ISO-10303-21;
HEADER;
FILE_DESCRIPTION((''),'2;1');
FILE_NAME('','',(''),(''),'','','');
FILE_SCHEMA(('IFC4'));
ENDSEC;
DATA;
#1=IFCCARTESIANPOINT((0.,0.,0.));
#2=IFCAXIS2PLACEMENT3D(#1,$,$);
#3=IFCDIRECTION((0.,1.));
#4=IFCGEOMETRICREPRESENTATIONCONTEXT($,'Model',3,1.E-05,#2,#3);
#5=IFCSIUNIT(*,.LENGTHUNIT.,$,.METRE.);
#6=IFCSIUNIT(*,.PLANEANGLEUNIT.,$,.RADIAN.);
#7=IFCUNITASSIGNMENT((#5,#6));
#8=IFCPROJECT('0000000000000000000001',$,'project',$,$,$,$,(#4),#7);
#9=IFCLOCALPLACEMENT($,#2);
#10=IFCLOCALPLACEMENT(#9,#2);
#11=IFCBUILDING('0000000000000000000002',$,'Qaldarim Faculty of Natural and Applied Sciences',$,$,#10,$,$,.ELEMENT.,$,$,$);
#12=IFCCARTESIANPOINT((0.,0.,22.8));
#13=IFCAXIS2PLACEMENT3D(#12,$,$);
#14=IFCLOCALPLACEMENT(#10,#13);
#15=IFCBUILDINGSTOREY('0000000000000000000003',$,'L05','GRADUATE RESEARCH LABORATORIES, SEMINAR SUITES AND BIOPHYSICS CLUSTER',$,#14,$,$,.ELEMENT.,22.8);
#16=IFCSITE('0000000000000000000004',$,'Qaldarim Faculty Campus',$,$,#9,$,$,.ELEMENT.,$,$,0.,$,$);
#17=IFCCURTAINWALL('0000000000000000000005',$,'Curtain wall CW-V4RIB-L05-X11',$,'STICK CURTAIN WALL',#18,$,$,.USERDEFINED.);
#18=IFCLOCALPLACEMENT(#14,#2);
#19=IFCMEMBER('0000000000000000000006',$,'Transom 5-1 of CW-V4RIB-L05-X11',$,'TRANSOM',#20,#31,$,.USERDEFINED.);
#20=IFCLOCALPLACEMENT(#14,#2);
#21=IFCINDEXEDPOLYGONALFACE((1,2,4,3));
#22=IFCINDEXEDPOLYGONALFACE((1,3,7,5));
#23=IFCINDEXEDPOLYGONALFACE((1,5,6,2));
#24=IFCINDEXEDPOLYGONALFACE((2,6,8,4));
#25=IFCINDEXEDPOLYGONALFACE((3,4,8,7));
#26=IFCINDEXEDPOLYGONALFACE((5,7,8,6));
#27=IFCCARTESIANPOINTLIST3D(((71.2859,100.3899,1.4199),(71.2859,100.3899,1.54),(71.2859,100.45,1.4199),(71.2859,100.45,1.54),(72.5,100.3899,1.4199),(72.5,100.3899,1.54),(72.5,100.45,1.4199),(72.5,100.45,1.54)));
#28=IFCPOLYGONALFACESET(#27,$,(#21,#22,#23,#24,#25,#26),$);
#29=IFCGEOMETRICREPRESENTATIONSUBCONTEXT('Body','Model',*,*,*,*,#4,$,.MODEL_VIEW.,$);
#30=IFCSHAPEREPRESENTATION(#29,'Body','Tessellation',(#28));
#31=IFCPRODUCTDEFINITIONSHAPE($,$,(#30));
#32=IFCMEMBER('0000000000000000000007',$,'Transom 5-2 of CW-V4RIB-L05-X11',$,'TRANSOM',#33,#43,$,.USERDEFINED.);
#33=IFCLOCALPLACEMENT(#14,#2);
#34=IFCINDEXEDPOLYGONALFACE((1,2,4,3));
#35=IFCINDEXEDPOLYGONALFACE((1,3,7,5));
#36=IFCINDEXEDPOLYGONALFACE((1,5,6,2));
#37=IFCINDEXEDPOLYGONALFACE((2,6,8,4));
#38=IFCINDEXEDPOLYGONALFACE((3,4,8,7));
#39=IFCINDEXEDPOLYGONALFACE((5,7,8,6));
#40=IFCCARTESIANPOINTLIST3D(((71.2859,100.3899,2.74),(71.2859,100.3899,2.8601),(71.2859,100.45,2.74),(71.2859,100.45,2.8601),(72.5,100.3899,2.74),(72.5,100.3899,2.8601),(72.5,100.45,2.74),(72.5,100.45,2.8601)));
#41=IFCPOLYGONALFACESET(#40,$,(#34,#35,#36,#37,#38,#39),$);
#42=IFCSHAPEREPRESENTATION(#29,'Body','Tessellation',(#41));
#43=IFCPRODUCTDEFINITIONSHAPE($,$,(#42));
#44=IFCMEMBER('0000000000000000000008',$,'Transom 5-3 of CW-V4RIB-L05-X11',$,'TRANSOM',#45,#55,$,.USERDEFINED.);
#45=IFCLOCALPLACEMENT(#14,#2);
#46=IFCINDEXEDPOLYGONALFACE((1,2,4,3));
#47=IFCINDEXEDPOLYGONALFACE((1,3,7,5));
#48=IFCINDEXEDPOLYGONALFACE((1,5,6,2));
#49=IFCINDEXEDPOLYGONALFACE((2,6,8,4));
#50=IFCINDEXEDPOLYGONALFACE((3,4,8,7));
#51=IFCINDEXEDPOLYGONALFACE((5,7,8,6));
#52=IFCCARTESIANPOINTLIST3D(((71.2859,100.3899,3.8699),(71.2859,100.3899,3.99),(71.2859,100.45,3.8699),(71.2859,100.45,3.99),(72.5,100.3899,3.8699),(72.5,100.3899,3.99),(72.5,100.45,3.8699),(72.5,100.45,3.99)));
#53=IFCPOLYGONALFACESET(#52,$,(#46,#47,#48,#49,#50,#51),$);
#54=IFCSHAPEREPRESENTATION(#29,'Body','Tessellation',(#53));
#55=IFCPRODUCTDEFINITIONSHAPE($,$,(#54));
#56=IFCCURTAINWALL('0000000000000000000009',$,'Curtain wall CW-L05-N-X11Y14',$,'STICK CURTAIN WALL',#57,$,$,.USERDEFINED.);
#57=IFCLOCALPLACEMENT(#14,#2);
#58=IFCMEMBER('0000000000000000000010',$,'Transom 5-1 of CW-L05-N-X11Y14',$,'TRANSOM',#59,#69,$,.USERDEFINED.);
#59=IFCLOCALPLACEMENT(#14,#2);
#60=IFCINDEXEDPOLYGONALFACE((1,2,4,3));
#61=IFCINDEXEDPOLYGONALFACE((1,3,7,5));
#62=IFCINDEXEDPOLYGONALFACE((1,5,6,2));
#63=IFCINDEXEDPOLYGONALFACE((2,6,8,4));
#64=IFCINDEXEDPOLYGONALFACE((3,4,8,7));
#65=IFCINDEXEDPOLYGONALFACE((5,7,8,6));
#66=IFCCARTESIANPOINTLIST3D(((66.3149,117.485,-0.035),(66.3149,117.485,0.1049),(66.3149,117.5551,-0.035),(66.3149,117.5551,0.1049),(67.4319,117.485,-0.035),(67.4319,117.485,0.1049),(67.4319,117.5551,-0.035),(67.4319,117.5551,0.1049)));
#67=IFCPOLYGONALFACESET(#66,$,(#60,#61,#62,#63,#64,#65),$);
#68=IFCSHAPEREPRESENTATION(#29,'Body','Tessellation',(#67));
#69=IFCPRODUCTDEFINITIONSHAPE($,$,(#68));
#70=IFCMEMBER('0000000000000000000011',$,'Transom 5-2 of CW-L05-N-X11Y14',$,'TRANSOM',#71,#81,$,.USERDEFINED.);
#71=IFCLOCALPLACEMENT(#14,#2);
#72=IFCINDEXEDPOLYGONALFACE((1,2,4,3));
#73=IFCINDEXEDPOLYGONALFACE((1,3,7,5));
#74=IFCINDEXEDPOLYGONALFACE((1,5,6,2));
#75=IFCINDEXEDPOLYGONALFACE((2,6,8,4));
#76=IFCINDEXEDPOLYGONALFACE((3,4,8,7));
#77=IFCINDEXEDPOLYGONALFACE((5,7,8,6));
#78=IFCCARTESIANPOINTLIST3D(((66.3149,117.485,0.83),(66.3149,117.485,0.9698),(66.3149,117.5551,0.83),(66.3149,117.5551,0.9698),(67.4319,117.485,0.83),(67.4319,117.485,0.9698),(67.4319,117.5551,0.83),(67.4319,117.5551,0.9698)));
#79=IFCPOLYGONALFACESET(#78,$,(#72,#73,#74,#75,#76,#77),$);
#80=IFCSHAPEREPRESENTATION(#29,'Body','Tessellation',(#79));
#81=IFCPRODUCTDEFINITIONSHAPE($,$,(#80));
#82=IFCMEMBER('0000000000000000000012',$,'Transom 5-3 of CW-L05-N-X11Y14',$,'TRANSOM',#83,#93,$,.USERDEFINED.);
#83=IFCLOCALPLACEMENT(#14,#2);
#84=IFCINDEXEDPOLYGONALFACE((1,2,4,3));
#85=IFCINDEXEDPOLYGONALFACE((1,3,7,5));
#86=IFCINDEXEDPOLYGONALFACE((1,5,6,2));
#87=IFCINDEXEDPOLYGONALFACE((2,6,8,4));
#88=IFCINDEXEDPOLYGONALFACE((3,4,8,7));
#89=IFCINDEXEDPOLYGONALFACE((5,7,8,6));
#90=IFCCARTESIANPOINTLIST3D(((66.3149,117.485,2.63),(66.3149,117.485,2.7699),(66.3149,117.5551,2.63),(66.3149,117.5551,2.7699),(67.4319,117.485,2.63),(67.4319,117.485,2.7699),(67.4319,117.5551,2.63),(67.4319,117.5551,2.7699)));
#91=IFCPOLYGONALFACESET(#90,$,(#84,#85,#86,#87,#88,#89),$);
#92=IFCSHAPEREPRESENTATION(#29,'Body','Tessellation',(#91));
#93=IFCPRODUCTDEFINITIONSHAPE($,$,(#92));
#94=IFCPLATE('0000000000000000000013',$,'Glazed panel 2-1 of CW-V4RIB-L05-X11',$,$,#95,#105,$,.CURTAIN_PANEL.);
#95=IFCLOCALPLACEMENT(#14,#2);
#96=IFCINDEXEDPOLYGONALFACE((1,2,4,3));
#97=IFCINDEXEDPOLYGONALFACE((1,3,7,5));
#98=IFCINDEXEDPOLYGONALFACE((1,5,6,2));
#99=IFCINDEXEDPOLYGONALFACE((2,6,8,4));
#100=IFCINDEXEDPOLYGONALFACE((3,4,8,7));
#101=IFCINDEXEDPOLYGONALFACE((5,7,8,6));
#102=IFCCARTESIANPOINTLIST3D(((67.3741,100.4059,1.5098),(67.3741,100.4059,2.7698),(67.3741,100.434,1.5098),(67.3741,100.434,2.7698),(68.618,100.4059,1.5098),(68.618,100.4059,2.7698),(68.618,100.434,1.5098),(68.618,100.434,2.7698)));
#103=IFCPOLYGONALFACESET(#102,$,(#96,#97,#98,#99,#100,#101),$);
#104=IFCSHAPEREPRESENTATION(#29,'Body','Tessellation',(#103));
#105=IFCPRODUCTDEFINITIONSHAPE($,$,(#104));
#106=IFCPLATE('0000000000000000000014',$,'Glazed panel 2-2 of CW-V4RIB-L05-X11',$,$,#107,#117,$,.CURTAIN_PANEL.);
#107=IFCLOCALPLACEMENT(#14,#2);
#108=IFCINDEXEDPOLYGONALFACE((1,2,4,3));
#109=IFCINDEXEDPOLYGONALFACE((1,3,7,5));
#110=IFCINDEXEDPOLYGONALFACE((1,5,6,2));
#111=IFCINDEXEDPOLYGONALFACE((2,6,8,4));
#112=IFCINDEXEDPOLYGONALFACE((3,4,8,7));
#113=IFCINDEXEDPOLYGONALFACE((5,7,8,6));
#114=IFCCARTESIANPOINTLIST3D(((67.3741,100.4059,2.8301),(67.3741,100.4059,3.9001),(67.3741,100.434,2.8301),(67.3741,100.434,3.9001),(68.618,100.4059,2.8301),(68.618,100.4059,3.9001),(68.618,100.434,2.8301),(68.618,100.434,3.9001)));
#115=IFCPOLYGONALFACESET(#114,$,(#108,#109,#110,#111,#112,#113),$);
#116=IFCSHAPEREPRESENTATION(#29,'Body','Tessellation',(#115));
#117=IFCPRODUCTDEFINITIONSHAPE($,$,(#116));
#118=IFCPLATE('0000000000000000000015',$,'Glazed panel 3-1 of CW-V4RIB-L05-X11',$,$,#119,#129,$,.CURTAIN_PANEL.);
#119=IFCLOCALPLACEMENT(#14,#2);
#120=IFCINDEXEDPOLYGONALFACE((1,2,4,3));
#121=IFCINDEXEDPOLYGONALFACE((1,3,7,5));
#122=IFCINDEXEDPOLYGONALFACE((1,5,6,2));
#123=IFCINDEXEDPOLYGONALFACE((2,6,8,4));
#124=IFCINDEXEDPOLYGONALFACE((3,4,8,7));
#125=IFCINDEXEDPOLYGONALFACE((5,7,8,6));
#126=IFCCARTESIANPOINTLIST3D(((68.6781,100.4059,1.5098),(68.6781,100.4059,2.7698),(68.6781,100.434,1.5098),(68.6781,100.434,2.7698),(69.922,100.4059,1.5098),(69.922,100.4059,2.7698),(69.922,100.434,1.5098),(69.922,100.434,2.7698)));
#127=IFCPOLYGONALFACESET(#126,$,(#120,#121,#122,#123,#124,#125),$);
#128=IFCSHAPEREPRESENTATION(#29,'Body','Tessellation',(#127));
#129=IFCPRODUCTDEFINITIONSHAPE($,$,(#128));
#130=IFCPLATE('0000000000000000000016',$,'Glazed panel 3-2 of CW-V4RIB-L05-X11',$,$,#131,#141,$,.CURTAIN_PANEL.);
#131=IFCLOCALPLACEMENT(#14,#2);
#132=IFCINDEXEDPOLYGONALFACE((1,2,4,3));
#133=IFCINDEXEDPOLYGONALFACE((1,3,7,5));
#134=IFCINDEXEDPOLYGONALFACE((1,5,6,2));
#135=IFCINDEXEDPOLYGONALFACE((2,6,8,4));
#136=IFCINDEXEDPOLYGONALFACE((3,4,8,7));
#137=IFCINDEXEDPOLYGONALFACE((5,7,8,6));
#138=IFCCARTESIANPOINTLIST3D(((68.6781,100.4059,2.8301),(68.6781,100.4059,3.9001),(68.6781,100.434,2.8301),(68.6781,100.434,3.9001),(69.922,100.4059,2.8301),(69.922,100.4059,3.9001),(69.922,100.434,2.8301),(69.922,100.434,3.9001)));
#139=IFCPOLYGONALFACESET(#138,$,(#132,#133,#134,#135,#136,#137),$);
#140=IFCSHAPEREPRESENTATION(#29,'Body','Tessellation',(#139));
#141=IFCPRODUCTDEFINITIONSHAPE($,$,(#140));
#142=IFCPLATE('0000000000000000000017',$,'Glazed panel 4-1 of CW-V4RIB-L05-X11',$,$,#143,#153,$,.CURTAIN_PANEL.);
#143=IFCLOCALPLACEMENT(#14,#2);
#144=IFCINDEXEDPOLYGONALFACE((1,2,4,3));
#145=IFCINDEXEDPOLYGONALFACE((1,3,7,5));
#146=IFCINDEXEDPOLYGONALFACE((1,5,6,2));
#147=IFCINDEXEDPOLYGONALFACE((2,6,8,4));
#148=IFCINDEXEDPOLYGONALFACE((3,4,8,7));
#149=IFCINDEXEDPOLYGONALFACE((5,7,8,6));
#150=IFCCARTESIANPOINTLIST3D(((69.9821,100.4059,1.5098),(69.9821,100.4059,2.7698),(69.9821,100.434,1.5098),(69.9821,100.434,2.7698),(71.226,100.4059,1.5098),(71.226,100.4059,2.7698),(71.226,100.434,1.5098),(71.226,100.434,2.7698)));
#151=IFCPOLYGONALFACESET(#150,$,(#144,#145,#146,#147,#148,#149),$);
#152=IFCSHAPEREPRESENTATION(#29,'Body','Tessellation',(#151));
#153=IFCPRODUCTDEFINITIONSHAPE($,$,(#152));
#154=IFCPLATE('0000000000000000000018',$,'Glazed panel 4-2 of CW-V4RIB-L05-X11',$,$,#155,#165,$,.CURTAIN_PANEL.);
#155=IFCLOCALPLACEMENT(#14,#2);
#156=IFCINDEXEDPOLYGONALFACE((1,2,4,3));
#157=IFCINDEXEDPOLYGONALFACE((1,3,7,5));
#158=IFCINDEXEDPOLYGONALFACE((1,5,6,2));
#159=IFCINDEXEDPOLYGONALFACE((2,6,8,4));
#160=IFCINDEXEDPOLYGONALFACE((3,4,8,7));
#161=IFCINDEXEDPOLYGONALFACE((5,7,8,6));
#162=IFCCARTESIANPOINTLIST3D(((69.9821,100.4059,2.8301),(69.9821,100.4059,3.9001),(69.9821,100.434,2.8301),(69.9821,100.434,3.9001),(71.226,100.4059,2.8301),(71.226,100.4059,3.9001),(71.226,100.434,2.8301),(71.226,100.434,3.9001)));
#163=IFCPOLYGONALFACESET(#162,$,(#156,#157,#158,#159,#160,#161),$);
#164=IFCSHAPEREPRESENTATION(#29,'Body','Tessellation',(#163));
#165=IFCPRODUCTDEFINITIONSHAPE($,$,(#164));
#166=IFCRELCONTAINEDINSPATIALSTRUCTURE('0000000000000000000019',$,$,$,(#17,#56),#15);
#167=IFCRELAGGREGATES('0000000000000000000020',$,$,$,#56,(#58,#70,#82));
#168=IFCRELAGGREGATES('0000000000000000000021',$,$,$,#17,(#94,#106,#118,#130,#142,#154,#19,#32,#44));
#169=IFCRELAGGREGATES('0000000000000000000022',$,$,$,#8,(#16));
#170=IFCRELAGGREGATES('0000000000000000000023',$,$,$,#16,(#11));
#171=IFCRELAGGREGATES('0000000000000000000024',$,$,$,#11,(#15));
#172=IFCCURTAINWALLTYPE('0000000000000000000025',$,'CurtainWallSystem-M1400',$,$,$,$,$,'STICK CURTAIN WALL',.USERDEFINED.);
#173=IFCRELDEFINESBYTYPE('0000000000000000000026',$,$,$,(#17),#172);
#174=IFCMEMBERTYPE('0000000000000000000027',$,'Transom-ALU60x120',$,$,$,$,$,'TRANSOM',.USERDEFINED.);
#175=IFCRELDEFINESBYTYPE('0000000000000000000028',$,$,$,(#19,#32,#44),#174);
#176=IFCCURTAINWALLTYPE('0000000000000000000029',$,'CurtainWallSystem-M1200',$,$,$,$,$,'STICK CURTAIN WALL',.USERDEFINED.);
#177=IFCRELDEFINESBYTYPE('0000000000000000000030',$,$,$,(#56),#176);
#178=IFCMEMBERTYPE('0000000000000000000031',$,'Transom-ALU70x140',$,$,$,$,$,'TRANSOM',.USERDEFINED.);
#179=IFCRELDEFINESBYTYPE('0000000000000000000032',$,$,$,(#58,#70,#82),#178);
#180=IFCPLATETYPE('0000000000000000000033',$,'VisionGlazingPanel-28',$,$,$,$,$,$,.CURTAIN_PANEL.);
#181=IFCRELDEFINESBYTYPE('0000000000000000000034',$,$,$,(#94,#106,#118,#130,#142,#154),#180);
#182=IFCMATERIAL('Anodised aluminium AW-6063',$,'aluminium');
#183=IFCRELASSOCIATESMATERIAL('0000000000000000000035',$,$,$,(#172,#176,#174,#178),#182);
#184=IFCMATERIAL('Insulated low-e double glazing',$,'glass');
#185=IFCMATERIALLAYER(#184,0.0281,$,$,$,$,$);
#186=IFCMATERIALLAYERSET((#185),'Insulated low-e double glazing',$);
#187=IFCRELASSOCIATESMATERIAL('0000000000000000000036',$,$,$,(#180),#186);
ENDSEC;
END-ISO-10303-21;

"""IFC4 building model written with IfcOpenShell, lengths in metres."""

from ifc_helpers import new_model, si_unit, direction, frame, origin, origin_2d, place, context, subcontext, project, spatial, rectangle, extrude, material, layer, layer_set, material_profile, profile_set, type_object, element, aggregate, save


model = new_model("IFC4")

# Units and contexts
model_context = context("Model", 3, precision=1e-05, world=origin(), true_north=direction((0.0, 1.0)))
body_context = subcontext(model_context, "Body", "Model", "MODEL_VIEW")
ifc_project = project(units=[si_unit("LENGTHUNIT", "METRE"), si_unit("PLANEANGLEUNIT", "RADIAN")], contexts=[model_context])

# Site, building, storey
site_placement = place(None, origin())
site = spatial("IfcSite", under=ifc_project, at=site_placement, Name="Qaldarim Faculty Campus", CompositionType="ELEMENT", RefElevation=0.0)
building_placement = place(site_placement, origin())
building = spatial("IfcBuilding", under=site, at=building_placement, Name="Qaldarim Faculty of Natural and Applied Sciences", CompositionType="ELEMENT")
storey_placement = place(building_placement, frame((0.0, 0.0, 22.8)))
storey = spatial("IfcBuildingStorey", under=building, at=storey_placement, Name="L05", Description="GRADUATE RESEARCH LABORATORIES, SEMINAR SUITES AND BIOPHYSICS CLUSTER", CompositionType="ELEMENT", Elevation=22.8)

# Curtain walls, members
ifc_material_1 = material(Name="Anodised aluminium AW-6063", Category="aluminium")
curtain_wall_type_1 = type_object("IfcCurtainWallType", Name="CurtainWallSystem-M1400", ElementType="STICK CURTAIN WALL", PredefinedType="USERDEFINED", material=ifc_material_1)
curtain_wall_1_placement = place(storey_placement, origin())
curtain_wall_1 = element("IfcCurtainWall", 1, at=curtain_wall_1_placement, inside=storey, type_object=curtain_wall_type_1, Name="Curtain wall CW-V4RIB-L05-X11", ObjectType="STICK CURTAIN WALL", PredefinedType="USERDEFINED")
ifc_material_profile_1 = material_profile(ifc_material_1, rectangle(XDim=0.0601, YDim=0.1201, at=origin_2d()), Name="ALU-T60x120")
ifc_profile_set_1 = profile_set([ifc_material_profile_1], Name="Anodised aluminium AW-6063")
member_type_1 = type_object("IfcMemberType", Name="Transom-ALU60x120", ElementType="TRANSOM", PredefinedType="USERDEFINED", material=ifc_profile_set_1)
member_1_placement = place(storey_placement, frame((71.2859, 100.4199, 1.48), z_axis=(1.0, 0.0, 0.0), x_axis=(0.0, 1.0, 0.0)))
member_1 = element("IfcMember", 2, at=member_1_placement, type_object=member_type_1, Name="Transom 5-1 of CW-V4RIB-L05-X11", ObjectType="TRANSOM", PredefinedType="USERDEFINED", context=body_context, shape_type="SweptSolid", body=[
    extrude(rectangle(XDim=0.0601, YDim=0.1201, at=origin_2d()), origin(), (0.0, 0.0, 1.0), 1.2141),
])
member_2_placement = place(storey_placement, frame((71.2859, 100.4199, 2.8), z_axis=(1.0, 0.0, 0.0), x_axis=(0.0, 1.0, 0.0)))
member_2 = element("IfcMember", 3, at=member_2_placement, type_object=member_type_1, Name="Transom 5-2 of CW-V4RIB-L05-X11", ObjectType="TRANSOM", PredefinedType="USERDEFINED", context=body_context, shape_type="SweptSolid", body=[
    extrude(rectangle(XDim=0.0601, YDim=0.1201, at=origin_2d()), origin(), (0.0, 0.0, 1.0), 1.2141),
])
member_3_placement = place(storey_placement, frame((71.2859, 100.4199, 3.9299), z_axis=(1.0, 0.0, 0.0), x_axis=(0.0, 1.0, 0.0)))
member_3 = element("IfcMember", 4, at=member_3_placement, type_object=member_type_1, Name="Transom 5-3 of CW-V4RIB-L05-X11", ObjectType="TRANSOM", PredefinedType="USERDEFINED", context=body_context, shape_type="SweptSolid", body=[
    extrude(rectangle(XDim=0.0601, YDim=0.1201, at=origin_2d()), origin(), (0.0, 0.0, 1.0), 1.2141),
])
curtain_wall_type_2 = type_object("IfcCurtainWallType", Name="CurtainWallSystem-M1200", ElementType="STICK CURTAIN WALL", PredefinedType="USERDEFINED", material=ifc_material_1)
curtain_wall_2_placement = place(storey_placement, origin())
curtain_wall_2 = element("IfcCurtainWall", 5, at=curtain_wall_2_placement, inside=storey, type_object=curtain_wall_type_2, Name="Curtain wall CW-L05-N-X11Y14", ObjectType="STICK CURTAIN WALL", PredefinedType="USERDEFINED")
ifc_material_profile_2 = material_profile(ifc_material_1, rectangle(XDim=0.0701, YDim=0.1399, at=origin_2d()), Name="ALU-T70x140")
ifc_profile_set_2 = profile_set([ifc_material_profile_2], Name="Anodised aluminium AW-6063")
member_type_2 = type_object("IfcMemberType", Name="Transom-ALU70x140", ElementType="TRANSOM", PredefinedType="USERDEFINED", material=ifc_profile_set_2)
member_4_placement = place(storey_placement, frame((67.4319, 117.52, 0.0349), z_axis=(-1.0, 0.0, 0.0), x_axis=(0.0, -1.0, 0.0)))
member_4 = element("IfcMember", 6, at=member_4_placement, type_object=member_type_2, Name="Transom 5-1 of CW-L05-N-X11Y14", ObjectType="TRANSOM", PredefinedType="USERDEFINED", context=body_context, shape_type="SweptSolid", body=[
    extrude(rectangle(XDim=0.0701, YDim=0.1399, at=origin_2d()), origin(), (0.0, 0.0, 1.0), 1.1169),
])
member_5_placement = place(storey_placement, frame((67.4319, 117.52, 0.8999), z_axis=(-1.0, 0.0, 0.0), x_axis=(0.0, -1.0, 0.0)))
member_5 = element("IfcMember", 7, at=member_5_placement, type_object=member_type_2, Name="Transom 5-2 of CW-L05-N-X11Y14", ObjectType="TRANSOM", PredefinedType="USERDEFINED", context=body_context, shape_type="SweptSolid", body=[
    extrude(rectangle(XDim=0.0701, YDim=0.1399, at=origin_2d()), origin(), (0.0, 0.0, 1.0), 1.1169),
])
member_6_placement = place(storey_placement, frame((67.4319, 117.52, 2.7), z_axis=(-1.0, 0.0, 0.0), x_axis=(0.0, -1.0, 0.0)))
member_6 = element("IfcMember", 8, at=member_6_placement, type_object=member_type_2, Name="Transom 5-3 of CW-L05-N-X11Y14", ObjectType="TRANSOM", PredefinedType="USERDEFINED", context=body_context, shape_type="SweptSolid", body=[
    extrude(rectangle(XDim=0.0701, YDim=0.1399, at=origin_2d()), origin(), (0.0, 0.0, 1.0), 1.1169),
])
aggregate(curtain_wall_2, [member_4, member_5, member_6])

# Plates
ifc_material_2 = material(Name="Insulated low-e double glazing", Category="glass")
ifc_layer = layer(ifc_material_2, 0.0281)
ifc_layer_set = layer_set([ifc_layer], Name="Insulated low-e double glazing")
plate_type = type_object("IfcPlateType", Name="VisionGlazingPanel-28", PredefinedType="CURTAIN_PANEL", material=ifc_layer_set)
plate_1_placement = place(storey_placement, frame((67.9961, 100.4199, 1.5098), z_axis=(0.0, 0.0, 1.0), x_axis=(1.0, 0.0, 0.0)))
plate_1 = element("IfcPlate", 9, at=plate_1_placement, type_object=plate_type, Name="Glazed panel 2-1 of CW-V4RIB-L05-X11", PredefinedType="CURTAIN_PANEL", context=body_context, shape_type="SweptSolid", body=[
    extrude(rectangle(XDim=1.2439, YDim=0.0281, at=origin_2d()), origin(), (0.0, 0.0, 1.0), 1.26),
])
plate_2_placement = place(storey_placement, frame((67.9961, 100.4199, 2.8301), z_axis=(0.0, 0.0, 1.0), x_axis=(1.0, 0.0, 0.0)))
plate_2 = element("IfcPlate", 10, at=plate_2_placement, type_object=plate_type, Name="Glazed panel 2-2 of CW-V4RIB-L05-X11", PredefinedType="CURTAIN_PANEL", context=body_context, shape_type="SweptSolid", body=[
    extrude(rectangle(XDim=1.2439, YDim=0.0281, at=origin_2d()), origin(), (0.0, 0.0, 1.0), 1.0701),
])
plate_3_placement = place(storey_placement, frame((69.3, 100.4199, 1.5098), z_axis=(0.0, 0.0, 1.0), x_axis=(1.0, 0.0, 0.0)))
plate_3 = element("IfcPlate", 11, at=plate_3_placement, type_object=plate_type, Name="Glazed panel 3-1 of CW-V4RIB-L05-X11", PredefinedType="CURTAIN_PANEL", context=body_context, shape_type="SweptSolid", body=[
    extrude(rectangle(XDim=1.2439, YDim=0.0281, at=origin_2d()), origin(), (0.0, 0.0, 1.0), 1.26),
])
plate_4_placement = place(storey_placement, frame((69.3, 100.4199, 2.8301), z_axis=(0.0, 0.0, 1.0), x_axis=(1.0, 0.0, 0.0)))
plate_4 = element("IfcPlate", 12, at=plate_4_placement, type_object=plate_type, Name="Glazed panel 3-2 of CW-V4RIB-L05-X11", PredefinedType="CURTAIN_PANEL", context=body_context, shape_type="SweptSolid", body=[
    extrude(rectangle(XDim=1.2439, YDim=0.0281, at=origin_2d()), origin(), (0.0, 0.0, 1.0), 1.0701),
])
plate_5_placement = place(storey_placement, frame((70.604, 100.4199, 1.5098), z_axis=(0.0, 0.0, 1.0), x_axis=(1.0, 0.0, 0.0)))
plate_5 = element("IfcPlate", 13, at=plate_5_placement, type_object=plate_type, Name="Glazed panel 4-1 of CW-V4RIB-L05-X11", PredefinedType="CURTAIN_PANEL", context=body_context, shape_type="SweptSolid", body=[
    extrude(rectangle(XDim=1.2439, YDim=0.0281, at=origin_2d()), origin(), (0.0, 0.0, 1.0), 1.26),
])
plate_6_placement = place(storey_placement, frame((70.604, 100.4199, 2.8301), z_axis=(0.0, 0.0, 1.0), x_axis=(1.0, 0.0, 0.0)))
plate_6 = element("IfcPlate", 14, at=plate_6_placement, type_object=plate_type, Name="Glazed panel 4-2 of CW-V4RIB-L05-X11", PredefinedType="CURTAIN_PANEL", context=body_context, shape_type="SweptSolid", body=[
    extrude(rectangle(XDim=1.2439, YDim=0.0281, at=origin_2d()), origin(), (0.0, 0.0, 1.0), 1.0701),
])
aggregate(curtain_wall_1, [plate_1, plate_2, plate_3, plate_4, plate_5, plate_6, member_1, member_2, member_3])

save(model, "model.ifc")
